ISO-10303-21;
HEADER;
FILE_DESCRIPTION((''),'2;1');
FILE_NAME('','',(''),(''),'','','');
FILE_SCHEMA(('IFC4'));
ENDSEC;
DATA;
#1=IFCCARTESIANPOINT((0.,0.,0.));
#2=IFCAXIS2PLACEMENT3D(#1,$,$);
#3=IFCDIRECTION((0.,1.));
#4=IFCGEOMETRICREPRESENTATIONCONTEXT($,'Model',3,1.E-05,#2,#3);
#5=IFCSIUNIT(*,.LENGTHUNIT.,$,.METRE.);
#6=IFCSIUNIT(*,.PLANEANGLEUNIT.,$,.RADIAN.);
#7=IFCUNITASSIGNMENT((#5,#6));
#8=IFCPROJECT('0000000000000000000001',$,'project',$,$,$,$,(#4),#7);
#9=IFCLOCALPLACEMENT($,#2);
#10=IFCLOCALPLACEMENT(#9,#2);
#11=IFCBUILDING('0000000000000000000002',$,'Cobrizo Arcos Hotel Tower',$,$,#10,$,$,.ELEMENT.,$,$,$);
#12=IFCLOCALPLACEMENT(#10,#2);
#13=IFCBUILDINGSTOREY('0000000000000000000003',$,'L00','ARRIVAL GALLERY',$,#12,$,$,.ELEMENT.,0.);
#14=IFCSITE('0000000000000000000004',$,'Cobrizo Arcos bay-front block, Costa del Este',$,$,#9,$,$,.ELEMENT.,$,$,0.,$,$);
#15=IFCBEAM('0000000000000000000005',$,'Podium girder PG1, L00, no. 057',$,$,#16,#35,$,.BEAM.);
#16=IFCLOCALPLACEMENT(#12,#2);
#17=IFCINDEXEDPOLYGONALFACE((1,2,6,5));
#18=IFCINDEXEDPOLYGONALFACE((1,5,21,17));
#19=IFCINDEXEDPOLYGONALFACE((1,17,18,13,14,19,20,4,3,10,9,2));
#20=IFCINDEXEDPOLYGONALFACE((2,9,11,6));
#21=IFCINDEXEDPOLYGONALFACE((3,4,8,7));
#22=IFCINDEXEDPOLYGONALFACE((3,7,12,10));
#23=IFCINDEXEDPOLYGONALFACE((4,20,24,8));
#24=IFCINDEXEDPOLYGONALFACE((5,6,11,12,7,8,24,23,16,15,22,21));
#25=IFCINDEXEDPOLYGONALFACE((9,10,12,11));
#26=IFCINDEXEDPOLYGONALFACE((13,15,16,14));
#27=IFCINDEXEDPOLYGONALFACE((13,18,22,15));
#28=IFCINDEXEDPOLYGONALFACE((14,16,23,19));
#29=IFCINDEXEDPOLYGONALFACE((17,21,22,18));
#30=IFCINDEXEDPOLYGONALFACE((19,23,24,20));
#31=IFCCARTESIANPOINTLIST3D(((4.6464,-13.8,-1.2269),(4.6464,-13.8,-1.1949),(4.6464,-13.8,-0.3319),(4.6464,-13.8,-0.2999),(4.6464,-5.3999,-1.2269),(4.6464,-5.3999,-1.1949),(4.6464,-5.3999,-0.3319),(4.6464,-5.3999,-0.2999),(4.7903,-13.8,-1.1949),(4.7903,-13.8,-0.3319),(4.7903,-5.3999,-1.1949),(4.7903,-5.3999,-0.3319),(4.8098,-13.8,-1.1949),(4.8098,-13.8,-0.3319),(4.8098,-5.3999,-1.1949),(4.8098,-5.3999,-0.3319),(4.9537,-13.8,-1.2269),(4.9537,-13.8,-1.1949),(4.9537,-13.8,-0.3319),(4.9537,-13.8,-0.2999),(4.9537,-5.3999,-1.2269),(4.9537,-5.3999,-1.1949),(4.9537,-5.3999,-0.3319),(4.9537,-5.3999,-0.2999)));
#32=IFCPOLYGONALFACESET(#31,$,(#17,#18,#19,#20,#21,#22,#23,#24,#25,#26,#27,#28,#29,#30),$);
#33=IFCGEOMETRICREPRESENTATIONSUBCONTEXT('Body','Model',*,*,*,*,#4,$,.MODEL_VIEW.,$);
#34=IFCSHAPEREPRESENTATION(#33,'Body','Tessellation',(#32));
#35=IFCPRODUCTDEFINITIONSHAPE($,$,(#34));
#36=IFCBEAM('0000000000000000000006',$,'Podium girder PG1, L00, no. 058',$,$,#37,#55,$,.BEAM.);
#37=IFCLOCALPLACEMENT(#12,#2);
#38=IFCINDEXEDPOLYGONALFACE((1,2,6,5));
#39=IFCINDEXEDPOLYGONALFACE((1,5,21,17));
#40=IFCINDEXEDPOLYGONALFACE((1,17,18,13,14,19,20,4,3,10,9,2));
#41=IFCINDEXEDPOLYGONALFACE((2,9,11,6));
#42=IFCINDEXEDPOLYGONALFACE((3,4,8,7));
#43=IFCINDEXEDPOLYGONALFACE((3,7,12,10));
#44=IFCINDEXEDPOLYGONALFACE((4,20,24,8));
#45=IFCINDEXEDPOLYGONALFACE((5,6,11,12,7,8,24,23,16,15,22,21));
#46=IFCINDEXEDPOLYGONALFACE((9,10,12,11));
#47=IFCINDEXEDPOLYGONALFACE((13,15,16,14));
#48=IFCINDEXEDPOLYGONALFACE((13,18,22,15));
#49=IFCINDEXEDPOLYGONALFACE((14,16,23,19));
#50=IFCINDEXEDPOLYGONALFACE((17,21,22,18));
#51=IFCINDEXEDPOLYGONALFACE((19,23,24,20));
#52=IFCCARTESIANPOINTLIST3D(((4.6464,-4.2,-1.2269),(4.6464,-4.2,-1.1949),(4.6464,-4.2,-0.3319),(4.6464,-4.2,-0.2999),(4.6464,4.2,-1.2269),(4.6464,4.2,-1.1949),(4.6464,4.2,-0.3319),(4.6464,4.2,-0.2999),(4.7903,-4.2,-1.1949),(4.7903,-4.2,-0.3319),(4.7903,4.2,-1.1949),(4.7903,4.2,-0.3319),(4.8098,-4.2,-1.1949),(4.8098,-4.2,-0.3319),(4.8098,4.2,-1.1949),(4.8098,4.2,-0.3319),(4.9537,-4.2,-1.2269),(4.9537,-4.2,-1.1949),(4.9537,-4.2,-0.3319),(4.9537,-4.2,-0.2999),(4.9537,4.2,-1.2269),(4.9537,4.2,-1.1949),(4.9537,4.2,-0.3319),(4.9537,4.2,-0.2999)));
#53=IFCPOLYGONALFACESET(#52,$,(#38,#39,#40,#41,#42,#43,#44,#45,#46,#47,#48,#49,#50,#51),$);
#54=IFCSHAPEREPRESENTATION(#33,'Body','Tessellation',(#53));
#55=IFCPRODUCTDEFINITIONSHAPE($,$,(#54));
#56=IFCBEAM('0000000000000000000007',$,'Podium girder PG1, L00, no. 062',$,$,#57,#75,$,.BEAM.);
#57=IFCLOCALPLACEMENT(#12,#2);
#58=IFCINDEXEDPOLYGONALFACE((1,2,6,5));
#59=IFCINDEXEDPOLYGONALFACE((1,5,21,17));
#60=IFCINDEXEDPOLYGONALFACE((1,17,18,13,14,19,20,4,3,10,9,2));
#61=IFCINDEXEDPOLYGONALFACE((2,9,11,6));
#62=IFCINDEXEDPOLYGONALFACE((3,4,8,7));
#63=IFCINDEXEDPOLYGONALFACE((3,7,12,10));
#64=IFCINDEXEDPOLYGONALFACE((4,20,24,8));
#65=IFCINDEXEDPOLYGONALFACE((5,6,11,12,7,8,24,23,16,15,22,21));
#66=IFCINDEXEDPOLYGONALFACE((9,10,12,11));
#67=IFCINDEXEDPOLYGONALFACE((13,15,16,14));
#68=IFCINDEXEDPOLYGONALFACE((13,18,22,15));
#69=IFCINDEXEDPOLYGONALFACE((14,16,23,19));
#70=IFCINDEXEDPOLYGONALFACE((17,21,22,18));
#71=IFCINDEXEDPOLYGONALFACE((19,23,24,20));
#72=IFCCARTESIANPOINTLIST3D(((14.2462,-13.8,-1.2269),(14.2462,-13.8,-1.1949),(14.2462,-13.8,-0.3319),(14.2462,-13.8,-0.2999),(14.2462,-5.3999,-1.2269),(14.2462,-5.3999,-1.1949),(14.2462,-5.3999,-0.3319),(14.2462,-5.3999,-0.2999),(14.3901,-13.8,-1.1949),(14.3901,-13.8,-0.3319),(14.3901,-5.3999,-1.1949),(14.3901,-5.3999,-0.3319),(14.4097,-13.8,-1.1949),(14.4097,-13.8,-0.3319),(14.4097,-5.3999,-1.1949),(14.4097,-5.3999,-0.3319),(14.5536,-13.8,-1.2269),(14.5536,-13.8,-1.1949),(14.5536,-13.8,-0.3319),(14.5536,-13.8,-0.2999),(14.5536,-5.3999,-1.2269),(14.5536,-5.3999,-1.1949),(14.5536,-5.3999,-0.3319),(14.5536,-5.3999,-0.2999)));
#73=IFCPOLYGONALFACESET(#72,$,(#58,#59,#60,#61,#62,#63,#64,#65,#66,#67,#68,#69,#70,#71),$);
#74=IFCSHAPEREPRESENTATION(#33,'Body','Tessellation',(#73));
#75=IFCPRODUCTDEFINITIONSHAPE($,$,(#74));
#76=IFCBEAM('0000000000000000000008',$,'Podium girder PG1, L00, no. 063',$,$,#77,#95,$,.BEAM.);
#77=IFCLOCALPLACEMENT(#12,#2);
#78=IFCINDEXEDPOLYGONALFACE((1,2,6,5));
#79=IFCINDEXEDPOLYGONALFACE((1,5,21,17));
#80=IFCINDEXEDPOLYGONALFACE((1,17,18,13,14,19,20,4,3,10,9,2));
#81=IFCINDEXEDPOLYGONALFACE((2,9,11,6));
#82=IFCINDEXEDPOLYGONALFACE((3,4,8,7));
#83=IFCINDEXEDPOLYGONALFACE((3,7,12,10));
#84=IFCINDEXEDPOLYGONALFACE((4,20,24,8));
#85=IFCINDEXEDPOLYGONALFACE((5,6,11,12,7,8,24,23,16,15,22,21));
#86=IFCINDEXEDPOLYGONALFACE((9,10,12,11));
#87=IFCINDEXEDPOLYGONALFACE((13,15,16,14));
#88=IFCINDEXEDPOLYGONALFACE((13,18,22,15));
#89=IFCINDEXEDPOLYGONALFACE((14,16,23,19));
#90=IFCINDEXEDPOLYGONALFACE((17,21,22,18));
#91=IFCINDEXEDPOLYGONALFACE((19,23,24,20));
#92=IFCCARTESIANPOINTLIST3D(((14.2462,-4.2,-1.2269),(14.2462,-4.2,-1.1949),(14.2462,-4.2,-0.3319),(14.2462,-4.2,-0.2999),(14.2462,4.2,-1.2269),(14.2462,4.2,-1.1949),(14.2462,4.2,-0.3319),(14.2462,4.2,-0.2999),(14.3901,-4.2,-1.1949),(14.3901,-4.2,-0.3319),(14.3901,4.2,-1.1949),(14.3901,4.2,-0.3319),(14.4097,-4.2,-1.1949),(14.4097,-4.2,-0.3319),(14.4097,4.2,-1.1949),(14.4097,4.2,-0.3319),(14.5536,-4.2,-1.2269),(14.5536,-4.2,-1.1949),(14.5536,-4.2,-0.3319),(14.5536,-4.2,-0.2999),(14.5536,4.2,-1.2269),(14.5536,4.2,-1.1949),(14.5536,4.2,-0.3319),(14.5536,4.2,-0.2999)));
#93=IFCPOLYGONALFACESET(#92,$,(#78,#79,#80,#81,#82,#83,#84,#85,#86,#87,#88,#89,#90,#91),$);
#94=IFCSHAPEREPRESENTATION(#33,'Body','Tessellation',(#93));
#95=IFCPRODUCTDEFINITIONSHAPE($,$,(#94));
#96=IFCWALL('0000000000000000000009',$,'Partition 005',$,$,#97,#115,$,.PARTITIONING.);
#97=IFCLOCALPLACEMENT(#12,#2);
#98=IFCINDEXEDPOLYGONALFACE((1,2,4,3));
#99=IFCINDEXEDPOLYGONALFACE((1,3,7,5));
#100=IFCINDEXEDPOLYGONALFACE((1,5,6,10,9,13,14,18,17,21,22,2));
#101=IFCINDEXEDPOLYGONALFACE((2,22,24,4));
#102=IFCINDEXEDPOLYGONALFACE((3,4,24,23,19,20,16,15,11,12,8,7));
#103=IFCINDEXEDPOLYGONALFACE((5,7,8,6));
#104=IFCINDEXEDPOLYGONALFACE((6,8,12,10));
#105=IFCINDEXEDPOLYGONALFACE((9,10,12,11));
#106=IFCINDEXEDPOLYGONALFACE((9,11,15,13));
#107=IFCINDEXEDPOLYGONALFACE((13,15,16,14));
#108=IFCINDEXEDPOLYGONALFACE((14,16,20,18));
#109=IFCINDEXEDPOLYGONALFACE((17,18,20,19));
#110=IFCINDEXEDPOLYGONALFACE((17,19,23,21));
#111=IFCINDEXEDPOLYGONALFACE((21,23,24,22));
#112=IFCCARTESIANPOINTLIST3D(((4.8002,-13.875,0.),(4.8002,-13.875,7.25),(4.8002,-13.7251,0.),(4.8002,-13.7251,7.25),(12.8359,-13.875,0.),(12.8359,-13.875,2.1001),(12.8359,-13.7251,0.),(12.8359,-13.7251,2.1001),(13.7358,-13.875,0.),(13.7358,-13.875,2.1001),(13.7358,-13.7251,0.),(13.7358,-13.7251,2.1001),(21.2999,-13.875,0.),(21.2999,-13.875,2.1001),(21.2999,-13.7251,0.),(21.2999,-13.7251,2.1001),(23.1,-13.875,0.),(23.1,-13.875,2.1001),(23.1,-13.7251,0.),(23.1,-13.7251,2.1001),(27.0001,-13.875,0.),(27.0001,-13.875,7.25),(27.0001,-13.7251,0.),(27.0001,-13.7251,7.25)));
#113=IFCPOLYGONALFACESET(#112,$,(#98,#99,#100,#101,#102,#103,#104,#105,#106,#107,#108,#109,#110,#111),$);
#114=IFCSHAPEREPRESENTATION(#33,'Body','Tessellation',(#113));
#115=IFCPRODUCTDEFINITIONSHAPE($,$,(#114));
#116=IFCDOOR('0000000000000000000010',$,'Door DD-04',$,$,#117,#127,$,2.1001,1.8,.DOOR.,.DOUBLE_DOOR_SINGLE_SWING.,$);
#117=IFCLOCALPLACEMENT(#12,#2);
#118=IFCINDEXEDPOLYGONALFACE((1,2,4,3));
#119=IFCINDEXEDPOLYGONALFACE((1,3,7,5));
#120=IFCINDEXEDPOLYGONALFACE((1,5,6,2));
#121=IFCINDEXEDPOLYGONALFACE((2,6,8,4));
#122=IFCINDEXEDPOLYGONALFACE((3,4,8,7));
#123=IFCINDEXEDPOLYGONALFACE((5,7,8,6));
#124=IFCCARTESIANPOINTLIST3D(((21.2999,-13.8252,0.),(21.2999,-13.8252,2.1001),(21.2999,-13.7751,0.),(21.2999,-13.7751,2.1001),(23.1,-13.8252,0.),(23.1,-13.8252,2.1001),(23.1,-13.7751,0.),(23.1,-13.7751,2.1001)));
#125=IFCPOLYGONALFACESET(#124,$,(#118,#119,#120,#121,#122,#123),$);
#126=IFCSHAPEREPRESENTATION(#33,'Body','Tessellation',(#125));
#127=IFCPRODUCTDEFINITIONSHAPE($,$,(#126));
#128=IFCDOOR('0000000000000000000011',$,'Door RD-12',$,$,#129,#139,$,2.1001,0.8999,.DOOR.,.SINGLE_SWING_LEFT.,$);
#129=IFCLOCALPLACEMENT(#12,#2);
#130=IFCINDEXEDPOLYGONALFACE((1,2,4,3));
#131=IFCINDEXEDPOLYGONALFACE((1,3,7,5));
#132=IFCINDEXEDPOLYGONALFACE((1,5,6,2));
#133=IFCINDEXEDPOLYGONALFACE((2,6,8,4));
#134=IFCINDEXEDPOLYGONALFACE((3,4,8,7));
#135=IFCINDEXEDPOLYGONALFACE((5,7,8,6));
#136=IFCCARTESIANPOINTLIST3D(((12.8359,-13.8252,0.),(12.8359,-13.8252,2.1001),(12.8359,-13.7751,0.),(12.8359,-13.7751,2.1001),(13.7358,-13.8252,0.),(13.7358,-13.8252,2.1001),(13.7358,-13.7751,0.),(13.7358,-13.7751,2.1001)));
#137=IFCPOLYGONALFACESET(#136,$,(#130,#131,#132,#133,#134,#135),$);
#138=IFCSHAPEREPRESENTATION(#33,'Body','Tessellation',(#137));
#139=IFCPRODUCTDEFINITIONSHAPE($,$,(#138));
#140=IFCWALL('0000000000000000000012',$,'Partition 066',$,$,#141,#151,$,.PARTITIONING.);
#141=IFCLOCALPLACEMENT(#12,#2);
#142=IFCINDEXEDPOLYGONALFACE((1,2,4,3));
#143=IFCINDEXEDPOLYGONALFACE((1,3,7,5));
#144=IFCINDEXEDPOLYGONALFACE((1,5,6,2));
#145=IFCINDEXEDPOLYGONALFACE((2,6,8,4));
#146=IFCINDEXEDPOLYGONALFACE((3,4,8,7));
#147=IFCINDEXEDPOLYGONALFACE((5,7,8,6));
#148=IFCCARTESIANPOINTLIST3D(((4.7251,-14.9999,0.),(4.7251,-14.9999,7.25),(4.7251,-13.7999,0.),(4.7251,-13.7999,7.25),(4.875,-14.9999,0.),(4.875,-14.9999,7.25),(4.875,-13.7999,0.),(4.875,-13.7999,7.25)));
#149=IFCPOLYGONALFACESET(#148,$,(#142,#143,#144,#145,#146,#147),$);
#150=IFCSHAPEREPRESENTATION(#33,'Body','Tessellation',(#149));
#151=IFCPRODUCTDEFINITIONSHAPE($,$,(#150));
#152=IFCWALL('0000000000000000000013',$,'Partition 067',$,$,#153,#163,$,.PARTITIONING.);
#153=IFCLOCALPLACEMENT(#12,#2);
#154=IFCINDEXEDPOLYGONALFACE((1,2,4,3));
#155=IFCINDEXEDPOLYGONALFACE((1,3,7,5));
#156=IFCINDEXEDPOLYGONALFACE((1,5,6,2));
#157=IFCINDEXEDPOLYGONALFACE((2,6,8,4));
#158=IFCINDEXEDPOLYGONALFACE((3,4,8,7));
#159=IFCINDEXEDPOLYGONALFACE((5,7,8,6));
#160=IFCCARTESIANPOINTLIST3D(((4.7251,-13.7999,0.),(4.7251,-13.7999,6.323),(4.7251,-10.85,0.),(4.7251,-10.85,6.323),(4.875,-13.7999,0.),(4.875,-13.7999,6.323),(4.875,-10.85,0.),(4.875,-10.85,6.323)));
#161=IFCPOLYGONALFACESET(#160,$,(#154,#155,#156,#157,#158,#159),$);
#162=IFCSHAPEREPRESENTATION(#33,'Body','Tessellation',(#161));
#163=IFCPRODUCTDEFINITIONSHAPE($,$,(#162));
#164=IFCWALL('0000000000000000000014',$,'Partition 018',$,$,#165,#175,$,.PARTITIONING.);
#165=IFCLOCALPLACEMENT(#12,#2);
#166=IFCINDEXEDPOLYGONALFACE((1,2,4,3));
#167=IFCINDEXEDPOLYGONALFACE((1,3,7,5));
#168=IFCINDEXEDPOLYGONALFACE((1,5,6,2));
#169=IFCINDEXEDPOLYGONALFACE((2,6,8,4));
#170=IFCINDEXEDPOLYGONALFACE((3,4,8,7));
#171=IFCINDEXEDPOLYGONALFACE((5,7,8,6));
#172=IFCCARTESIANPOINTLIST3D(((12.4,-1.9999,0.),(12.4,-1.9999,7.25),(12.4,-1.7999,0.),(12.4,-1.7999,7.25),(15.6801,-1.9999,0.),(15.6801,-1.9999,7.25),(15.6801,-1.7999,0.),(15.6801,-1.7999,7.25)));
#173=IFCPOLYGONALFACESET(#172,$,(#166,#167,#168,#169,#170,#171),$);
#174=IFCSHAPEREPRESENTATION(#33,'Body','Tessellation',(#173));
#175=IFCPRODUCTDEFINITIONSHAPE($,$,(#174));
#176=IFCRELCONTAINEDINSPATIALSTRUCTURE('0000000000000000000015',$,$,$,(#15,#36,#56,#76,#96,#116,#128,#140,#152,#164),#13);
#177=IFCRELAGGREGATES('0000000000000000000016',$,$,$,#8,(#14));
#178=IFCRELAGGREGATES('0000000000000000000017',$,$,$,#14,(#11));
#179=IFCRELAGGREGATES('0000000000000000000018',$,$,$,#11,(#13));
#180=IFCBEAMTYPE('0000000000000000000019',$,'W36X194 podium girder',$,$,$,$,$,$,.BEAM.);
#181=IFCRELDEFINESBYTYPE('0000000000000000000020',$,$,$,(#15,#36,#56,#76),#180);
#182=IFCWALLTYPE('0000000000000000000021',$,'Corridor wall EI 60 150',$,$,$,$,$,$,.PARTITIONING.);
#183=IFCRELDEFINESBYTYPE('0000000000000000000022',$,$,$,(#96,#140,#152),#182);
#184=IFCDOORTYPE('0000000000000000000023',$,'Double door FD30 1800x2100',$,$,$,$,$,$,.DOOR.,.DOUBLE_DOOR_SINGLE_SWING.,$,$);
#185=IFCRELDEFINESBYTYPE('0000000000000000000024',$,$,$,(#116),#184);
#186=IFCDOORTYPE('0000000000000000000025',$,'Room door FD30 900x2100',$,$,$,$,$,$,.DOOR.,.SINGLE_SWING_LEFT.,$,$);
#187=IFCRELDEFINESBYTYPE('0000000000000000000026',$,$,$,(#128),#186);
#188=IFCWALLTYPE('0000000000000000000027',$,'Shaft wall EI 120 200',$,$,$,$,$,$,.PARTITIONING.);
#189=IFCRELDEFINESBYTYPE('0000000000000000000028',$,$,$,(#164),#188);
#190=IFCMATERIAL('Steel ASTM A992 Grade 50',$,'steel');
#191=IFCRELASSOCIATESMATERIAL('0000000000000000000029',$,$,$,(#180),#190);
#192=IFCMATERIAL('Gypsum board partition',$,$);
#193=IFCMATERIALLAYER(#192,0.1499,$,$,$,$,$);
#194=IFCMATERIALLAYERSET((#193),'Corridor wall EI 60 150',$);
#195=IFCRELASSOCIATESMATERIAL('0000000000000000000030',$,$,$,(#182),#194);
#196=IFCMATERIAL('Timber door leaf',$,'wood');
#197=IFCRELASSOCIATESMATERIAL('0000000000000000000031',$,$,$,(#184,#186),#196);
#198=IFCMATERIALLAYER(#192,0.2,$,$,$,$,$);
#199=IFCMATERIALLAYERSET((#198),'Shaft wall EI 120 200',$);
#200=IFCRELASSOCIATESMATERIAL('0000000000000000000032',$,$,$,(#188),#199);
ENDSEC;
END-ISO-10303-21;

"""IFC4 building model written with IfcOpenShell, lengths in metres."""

from ifc_helpers import new_model, si_unit, direction, frame, frame_2d, origin, origin_2d, place, context, subcontext, project, spatial, rectangle, i_section, extrude, material, layer, layer_set, material_profile, profile_set, type_object, element, fill, save


model = new_model("IFC4")

# Units and contexts
model_context = context("Model", 3, precision=1e-05, world=origin(), true_north=direction((0.0, 1.0)))
body_context = subcontext(model_context, "Body", "Model", "MODEL_VIEW")
ifc_project = project(units=[si_unit("LENGTHUNIT", "METRE"), si_unit("PLANEANGLEUNIT", "RADIAN")], contexts=[model_context])

# Site, building, storey
site_placement = place(None, origin())
site = spatial("IfcSite", under=ifc_project, at=site_placement, Name="Cobrizo Arcos bay-front block, Costa del Este", CompositionType="ELEMENT", RefElevation=0.0)
building_placement = place(site_placement, origin())
building = spatial("IfcBuilding", under=site, at=building_placement, Name="Cobrizo Arcos Hotel Tower", CompositionType="ELEMENT")
storey_placement = place(building_placement, origin())
storey = spatial("IfcBuildingStorey", under=building, at=storey_placement, Name="L00", Description="ARRIVAL GALLERY", CompositionType="ELEMENT", Elevation=0.0)

# Beams
ifc_material_1 = material(Name="Steel ASTM A992 Grade 50", Category="steel")
ifc_material_profile_1 = material_profile(ifc_material_1, i_section(OverallWidth=0.3074, OverallDepth=0.927, WebThickness=0.0195, FlangeThickness=0.032, at=origin_2d()), Name="W36X194")
ifc_profile_set_1 = profile_set([ifc_material_profile_1], Name="Steel ASTM A992 Grade 50")
beam_type_1 = type_object("IfcBeamType", Name="W36X194 podium girder", PredefinedType="BEAM", material=ifc_profile_set_1)
beam_1_placement = place(storey_placement, frame((4.8, -13.8, -0.7634), z_axis=(0.0, 1.0, 0.0), x_axis=(-1.0, 0.0, 0.0)))
element("IfcBeam", 1, at=beam_1_placement, inside=storey, type_object=beam_type_1, Name="Podium girder PG1, L00, no. 057", PredefinedType="BEAM", context=body_context, shape_type="SweptSolid", body=[
    extrude(i_section(OverallWidth=0.3074, OverallDepth=0.927, WebThickness=0.0195, FlangeThickness=0.032, at=origin_2d()), origin(), (0.0, 0.0, 1.0), 8.4001),
])
beam_2_placement = place(storey_placement, frame((4.8, -4.2, -0.7634), z_axis=(0.0, 1.0, 0.0), x_axis=(-1.0, 0.0, 0.0)))
element("IfcBeam", 2, at=beam_2_placement, inside=storey, type_object=beam_type_1, Name="Podium girder PG1, L00, no. 058", PredefinedType="BEAM", context=body_context, shape_type="SweptSolid", body=[
    extrude(i_section(OverallWidth=0.3074, OverallDepth=0.927, WebThickness=0.0195, FlangeThickness=0.032, at=origin_2d()), origin(), (0.0, 0.0, 1.0), 8.3999),
])
beam_3_placement = place(storey_placement, frame((14.3999, -13.8, -0.7634), z_axis=(0.0, 1.0, 0.0), x_axis=(-1.0, 0.0, 0.0)))
element("IfcBeam", 3, at=beam_3_placement, inside=storey, type_object=beam_type_1, Name="Podium girder PG1, L00, no. 062", PredefinedType="BEAM", context=body_context, shape_type="SweptSolid", body=[
    extrude(i_section(OverallWidth=0.3074, OverallDepth=0.927, WebThickness=0.0195, FlangeThickness=0.032, at=origin_2d()), origin(), (0.0, 0.0, 1.0), 8.4001),
])
beam_4_placement = place(storey_placement, frame((14.3999, -4.2, -0.7634), z_axis=(0.0, 1.0, 0.0), x_axis=(-1.0, 0.0, 0.0)))
element("IfcBeam", 4, at=beam_4_placement, inside=storey, type_object=beam_type_1, Name="Podium girder PG1, L00, no. 063", PredefinedType="BEAM", context=body_context, shape_type="SweptSolid", body=[
    extrude(i_section(OverallWidth=0.3074, OverallDepth=0.927, WebThickness=0.0195, FlangeThickness=0.032, at=origin_2d()), origin(), (0.0, 0.0, 1.0), 8.3999),
])

# Wall, openings, doors
ifc_material_2 = material(Name="Gypsum board partition")
ifc_layer_1 = layer(ifc_material_2, 0.1499)
ifc_layer_set_1 = layer_set([ifc_layer_1], Name="Corridor wall EI 60 150")
wall_type_1 = type_object("IfcWallType", Name="Corridor wall EI 60 150", PredefinedType="PARTITIONING", material=ifc_layer_set_1)
wall_1_placement = place(storey_placement, frame((4.8, -13.8, 0.0), z_axis=(0.0, 0.0, 1.0), x_axis=(1.0, 0.0, 0.0)))
wall_1 = element("IfcWall", 5, at=wall_1_placement, inside=storey, type_object=wall_type_1, Name="Partition 005", PredefinedType="PARTITIONING", context=body_context, shape_type="SweptSolid", body=[
    extrude(rectangle(XDim=22.2, YDim=0.1499, at=frame_2d((11.1001, 0.0))), origin(), (0.0, 0.0, 1.0), 7.25),
])
opening_1_placement = place(wall_1_placement, frame((8.0359, 0.0, 0.0)))
opening_1 = element("IfcOpeningElement", 6, at=opening_1_placement, cuts=wall_1, PredefinedType="OPENING", context=body_context, shape_type="SweptSolid", body=[
    extrude(rectangle(XDim=0.8999, YDim=2.1001, at=frame_2d((0.45, 1.05))), frame((0.0, 0.0869, 0.0), z_axis=(0.0, -1.0, 0.0), x_axis=(1.0, 0.0, 0.0)), (0.0, 0.0, 1.0), 0.1738),
])
opening_2_placement = place(wall_1_placement, frame((16.5, 0.0, 0.0)))
opening_2 = element("IfcOpeningElement", 7, at=opening_2_placement, cuts=wall_1, PredefinedType="OPENING", context=body_context, shape_type="SweptSolid", body=[
    extrude(rectangle(XDim=1.8, YDim=2.1001, at=frame_2d((0.8999, 1.05))), frame((0.0, 0.0869, 0.0), z_axis=(0.0, -1.0, 0.0), x_axis=(1.0, 0.0, 0.0)), (0.0, 0.0, 1.0), 0.1738),
])
ifc_material_3 = material(Name="Timber door leaf", Category="wood")
door_type_1 = type_object("IfcDoorType", Name="Double door FD30 1800x2100", OperationType="DOUBLE_DOOR_SINGLE_SWING", PredefinedType="DOOR", material=ifc_material_3)
door_1_placement = place(opening_2_placement, origin())
door_1 = element("IfcDoor", 8, at=door_1_placement, inside=storey, type_object=door_type_1, Name="Door DD-04", OperationType="DOUBLE_DOOR_SINGLE_SWING", OverallHeight=2.1001, OverallWidth=1.8, PredefinedType="DOOR", context=body_context, shape_type="SweptSolid", body=[
    extrude(rectangle(XDim=1.8, YDim=2.1001, at=frame_2d((0.8999, 1.05))), frame((0.0, 0.0249, 0.0), z_axis=(0.0, -1.0, 0.0), x_axis=(1.0, 0.0, 0.0)), (0.0, 0.0, 1.0), 0.05),
])
fill(opening_2, door_1)
door_type_2 = type_object("IfcDoorType", Name="Room door FD30 900x2100", OperationType="SINGLE_SWING_LEFT", PredefinedType="DOOR", material=ifc_material_3)
door_2_placement = place(opening_1_placement, origin())
door_2 = element("IfcDoor", 9, at=door_2_placement, inside=storey, type_object=door_type_2, Name="Door RD-12", OperationType="SINGLE_SWING_LEFT", OverallHeight=2.1001, OverallWidth=0.8999, PredefinedType="DOOR", context=body_context, shape_type="SweptSolid", body=[
    extrude(rectangle(XDim=0.8999, YDim=2.1001, at=frame_2d((0.45, 1.05))), frame((0.0, 0.0249, 0.0), z_axis=(0.0, -1.0, 0.0), x_axis=(1.0, 0.0, 0.0)), (0.0, 0.0, 1.0), 0.05),
])
fill(opening_1, door_2)

# Walls
wall_2_placement = place(storey_placement, frame((4.8, -15.0, 0.0), z_axis=(0.0, 0.0, 1.0), x_axis=(0.0, 1.0, 0.0)))
element("IfcWall", 10, at=wall_2_placement, inside=storey, type_object=wall_type_1, Name="Partition 066", PredefinedType="PARTITIONING", context=body_context, shape_type="SweptSolid", body=[
    extrude(rectangle(XDim=1.2, YDim=0.1499, at=frame_2d((0.6001, 0.0))), origin(), (0.0, 0.0, 1.0), 7.25),
])
wall_3_placement = place(storey_placement, frame((4.8, -13.8, 0.0), z_axis=(0.0, 0.0, 1.0), x_axis=(0.0, 1.0, 0.0)))
element("IfcWall", 11, at=wall_3_placement, inside=storey, type_object=wall_type_1, Name="Partition 067", PredefinedType="PARTITIONING", context=body_context, shape_type="SweptSolid", body=[
    extrude(rectangle(XDim=2.95, YDim=0.1499, at=frame_2d((1.4751, 0.0))), origin(), (0.0, 0.0, 1.0), 6.323),
])
ifc_layer_2 = layer(ifc_material_2, 0.2)
ifc_layer_set_2 = layer_set([ifc_layer_2], Name="Shaft wall EI 120 200")
wall_type_2 = type_object("IfcWallType", Name="Shaft wall EI 120 200", PredefinedType="PARTITIONING", material=ifc_layer_set_2)
wall_4_placement = place(storey_placement, frame((12.3999, -1.8999, 0.0), z_axis=(0.0, 0.0, 1.0), x_axis=(1.0, 0.0, 0.0)))
element("IfcWall", 12, at=wall_4_placement, inside=storey, type_object=wall_type_2, Name="Partition 018", PredefinedType="PARTITIONING", context=body_context, shape_type="SweptSolid", body=[
    extrude(rectangle(XDim=3.28, YDim=0.2, at=frame_2d((1.6401, 0.0))), origin(), (0.0, 0.0, 1.0), 7.25),
])

save(model, "model.ifc")
